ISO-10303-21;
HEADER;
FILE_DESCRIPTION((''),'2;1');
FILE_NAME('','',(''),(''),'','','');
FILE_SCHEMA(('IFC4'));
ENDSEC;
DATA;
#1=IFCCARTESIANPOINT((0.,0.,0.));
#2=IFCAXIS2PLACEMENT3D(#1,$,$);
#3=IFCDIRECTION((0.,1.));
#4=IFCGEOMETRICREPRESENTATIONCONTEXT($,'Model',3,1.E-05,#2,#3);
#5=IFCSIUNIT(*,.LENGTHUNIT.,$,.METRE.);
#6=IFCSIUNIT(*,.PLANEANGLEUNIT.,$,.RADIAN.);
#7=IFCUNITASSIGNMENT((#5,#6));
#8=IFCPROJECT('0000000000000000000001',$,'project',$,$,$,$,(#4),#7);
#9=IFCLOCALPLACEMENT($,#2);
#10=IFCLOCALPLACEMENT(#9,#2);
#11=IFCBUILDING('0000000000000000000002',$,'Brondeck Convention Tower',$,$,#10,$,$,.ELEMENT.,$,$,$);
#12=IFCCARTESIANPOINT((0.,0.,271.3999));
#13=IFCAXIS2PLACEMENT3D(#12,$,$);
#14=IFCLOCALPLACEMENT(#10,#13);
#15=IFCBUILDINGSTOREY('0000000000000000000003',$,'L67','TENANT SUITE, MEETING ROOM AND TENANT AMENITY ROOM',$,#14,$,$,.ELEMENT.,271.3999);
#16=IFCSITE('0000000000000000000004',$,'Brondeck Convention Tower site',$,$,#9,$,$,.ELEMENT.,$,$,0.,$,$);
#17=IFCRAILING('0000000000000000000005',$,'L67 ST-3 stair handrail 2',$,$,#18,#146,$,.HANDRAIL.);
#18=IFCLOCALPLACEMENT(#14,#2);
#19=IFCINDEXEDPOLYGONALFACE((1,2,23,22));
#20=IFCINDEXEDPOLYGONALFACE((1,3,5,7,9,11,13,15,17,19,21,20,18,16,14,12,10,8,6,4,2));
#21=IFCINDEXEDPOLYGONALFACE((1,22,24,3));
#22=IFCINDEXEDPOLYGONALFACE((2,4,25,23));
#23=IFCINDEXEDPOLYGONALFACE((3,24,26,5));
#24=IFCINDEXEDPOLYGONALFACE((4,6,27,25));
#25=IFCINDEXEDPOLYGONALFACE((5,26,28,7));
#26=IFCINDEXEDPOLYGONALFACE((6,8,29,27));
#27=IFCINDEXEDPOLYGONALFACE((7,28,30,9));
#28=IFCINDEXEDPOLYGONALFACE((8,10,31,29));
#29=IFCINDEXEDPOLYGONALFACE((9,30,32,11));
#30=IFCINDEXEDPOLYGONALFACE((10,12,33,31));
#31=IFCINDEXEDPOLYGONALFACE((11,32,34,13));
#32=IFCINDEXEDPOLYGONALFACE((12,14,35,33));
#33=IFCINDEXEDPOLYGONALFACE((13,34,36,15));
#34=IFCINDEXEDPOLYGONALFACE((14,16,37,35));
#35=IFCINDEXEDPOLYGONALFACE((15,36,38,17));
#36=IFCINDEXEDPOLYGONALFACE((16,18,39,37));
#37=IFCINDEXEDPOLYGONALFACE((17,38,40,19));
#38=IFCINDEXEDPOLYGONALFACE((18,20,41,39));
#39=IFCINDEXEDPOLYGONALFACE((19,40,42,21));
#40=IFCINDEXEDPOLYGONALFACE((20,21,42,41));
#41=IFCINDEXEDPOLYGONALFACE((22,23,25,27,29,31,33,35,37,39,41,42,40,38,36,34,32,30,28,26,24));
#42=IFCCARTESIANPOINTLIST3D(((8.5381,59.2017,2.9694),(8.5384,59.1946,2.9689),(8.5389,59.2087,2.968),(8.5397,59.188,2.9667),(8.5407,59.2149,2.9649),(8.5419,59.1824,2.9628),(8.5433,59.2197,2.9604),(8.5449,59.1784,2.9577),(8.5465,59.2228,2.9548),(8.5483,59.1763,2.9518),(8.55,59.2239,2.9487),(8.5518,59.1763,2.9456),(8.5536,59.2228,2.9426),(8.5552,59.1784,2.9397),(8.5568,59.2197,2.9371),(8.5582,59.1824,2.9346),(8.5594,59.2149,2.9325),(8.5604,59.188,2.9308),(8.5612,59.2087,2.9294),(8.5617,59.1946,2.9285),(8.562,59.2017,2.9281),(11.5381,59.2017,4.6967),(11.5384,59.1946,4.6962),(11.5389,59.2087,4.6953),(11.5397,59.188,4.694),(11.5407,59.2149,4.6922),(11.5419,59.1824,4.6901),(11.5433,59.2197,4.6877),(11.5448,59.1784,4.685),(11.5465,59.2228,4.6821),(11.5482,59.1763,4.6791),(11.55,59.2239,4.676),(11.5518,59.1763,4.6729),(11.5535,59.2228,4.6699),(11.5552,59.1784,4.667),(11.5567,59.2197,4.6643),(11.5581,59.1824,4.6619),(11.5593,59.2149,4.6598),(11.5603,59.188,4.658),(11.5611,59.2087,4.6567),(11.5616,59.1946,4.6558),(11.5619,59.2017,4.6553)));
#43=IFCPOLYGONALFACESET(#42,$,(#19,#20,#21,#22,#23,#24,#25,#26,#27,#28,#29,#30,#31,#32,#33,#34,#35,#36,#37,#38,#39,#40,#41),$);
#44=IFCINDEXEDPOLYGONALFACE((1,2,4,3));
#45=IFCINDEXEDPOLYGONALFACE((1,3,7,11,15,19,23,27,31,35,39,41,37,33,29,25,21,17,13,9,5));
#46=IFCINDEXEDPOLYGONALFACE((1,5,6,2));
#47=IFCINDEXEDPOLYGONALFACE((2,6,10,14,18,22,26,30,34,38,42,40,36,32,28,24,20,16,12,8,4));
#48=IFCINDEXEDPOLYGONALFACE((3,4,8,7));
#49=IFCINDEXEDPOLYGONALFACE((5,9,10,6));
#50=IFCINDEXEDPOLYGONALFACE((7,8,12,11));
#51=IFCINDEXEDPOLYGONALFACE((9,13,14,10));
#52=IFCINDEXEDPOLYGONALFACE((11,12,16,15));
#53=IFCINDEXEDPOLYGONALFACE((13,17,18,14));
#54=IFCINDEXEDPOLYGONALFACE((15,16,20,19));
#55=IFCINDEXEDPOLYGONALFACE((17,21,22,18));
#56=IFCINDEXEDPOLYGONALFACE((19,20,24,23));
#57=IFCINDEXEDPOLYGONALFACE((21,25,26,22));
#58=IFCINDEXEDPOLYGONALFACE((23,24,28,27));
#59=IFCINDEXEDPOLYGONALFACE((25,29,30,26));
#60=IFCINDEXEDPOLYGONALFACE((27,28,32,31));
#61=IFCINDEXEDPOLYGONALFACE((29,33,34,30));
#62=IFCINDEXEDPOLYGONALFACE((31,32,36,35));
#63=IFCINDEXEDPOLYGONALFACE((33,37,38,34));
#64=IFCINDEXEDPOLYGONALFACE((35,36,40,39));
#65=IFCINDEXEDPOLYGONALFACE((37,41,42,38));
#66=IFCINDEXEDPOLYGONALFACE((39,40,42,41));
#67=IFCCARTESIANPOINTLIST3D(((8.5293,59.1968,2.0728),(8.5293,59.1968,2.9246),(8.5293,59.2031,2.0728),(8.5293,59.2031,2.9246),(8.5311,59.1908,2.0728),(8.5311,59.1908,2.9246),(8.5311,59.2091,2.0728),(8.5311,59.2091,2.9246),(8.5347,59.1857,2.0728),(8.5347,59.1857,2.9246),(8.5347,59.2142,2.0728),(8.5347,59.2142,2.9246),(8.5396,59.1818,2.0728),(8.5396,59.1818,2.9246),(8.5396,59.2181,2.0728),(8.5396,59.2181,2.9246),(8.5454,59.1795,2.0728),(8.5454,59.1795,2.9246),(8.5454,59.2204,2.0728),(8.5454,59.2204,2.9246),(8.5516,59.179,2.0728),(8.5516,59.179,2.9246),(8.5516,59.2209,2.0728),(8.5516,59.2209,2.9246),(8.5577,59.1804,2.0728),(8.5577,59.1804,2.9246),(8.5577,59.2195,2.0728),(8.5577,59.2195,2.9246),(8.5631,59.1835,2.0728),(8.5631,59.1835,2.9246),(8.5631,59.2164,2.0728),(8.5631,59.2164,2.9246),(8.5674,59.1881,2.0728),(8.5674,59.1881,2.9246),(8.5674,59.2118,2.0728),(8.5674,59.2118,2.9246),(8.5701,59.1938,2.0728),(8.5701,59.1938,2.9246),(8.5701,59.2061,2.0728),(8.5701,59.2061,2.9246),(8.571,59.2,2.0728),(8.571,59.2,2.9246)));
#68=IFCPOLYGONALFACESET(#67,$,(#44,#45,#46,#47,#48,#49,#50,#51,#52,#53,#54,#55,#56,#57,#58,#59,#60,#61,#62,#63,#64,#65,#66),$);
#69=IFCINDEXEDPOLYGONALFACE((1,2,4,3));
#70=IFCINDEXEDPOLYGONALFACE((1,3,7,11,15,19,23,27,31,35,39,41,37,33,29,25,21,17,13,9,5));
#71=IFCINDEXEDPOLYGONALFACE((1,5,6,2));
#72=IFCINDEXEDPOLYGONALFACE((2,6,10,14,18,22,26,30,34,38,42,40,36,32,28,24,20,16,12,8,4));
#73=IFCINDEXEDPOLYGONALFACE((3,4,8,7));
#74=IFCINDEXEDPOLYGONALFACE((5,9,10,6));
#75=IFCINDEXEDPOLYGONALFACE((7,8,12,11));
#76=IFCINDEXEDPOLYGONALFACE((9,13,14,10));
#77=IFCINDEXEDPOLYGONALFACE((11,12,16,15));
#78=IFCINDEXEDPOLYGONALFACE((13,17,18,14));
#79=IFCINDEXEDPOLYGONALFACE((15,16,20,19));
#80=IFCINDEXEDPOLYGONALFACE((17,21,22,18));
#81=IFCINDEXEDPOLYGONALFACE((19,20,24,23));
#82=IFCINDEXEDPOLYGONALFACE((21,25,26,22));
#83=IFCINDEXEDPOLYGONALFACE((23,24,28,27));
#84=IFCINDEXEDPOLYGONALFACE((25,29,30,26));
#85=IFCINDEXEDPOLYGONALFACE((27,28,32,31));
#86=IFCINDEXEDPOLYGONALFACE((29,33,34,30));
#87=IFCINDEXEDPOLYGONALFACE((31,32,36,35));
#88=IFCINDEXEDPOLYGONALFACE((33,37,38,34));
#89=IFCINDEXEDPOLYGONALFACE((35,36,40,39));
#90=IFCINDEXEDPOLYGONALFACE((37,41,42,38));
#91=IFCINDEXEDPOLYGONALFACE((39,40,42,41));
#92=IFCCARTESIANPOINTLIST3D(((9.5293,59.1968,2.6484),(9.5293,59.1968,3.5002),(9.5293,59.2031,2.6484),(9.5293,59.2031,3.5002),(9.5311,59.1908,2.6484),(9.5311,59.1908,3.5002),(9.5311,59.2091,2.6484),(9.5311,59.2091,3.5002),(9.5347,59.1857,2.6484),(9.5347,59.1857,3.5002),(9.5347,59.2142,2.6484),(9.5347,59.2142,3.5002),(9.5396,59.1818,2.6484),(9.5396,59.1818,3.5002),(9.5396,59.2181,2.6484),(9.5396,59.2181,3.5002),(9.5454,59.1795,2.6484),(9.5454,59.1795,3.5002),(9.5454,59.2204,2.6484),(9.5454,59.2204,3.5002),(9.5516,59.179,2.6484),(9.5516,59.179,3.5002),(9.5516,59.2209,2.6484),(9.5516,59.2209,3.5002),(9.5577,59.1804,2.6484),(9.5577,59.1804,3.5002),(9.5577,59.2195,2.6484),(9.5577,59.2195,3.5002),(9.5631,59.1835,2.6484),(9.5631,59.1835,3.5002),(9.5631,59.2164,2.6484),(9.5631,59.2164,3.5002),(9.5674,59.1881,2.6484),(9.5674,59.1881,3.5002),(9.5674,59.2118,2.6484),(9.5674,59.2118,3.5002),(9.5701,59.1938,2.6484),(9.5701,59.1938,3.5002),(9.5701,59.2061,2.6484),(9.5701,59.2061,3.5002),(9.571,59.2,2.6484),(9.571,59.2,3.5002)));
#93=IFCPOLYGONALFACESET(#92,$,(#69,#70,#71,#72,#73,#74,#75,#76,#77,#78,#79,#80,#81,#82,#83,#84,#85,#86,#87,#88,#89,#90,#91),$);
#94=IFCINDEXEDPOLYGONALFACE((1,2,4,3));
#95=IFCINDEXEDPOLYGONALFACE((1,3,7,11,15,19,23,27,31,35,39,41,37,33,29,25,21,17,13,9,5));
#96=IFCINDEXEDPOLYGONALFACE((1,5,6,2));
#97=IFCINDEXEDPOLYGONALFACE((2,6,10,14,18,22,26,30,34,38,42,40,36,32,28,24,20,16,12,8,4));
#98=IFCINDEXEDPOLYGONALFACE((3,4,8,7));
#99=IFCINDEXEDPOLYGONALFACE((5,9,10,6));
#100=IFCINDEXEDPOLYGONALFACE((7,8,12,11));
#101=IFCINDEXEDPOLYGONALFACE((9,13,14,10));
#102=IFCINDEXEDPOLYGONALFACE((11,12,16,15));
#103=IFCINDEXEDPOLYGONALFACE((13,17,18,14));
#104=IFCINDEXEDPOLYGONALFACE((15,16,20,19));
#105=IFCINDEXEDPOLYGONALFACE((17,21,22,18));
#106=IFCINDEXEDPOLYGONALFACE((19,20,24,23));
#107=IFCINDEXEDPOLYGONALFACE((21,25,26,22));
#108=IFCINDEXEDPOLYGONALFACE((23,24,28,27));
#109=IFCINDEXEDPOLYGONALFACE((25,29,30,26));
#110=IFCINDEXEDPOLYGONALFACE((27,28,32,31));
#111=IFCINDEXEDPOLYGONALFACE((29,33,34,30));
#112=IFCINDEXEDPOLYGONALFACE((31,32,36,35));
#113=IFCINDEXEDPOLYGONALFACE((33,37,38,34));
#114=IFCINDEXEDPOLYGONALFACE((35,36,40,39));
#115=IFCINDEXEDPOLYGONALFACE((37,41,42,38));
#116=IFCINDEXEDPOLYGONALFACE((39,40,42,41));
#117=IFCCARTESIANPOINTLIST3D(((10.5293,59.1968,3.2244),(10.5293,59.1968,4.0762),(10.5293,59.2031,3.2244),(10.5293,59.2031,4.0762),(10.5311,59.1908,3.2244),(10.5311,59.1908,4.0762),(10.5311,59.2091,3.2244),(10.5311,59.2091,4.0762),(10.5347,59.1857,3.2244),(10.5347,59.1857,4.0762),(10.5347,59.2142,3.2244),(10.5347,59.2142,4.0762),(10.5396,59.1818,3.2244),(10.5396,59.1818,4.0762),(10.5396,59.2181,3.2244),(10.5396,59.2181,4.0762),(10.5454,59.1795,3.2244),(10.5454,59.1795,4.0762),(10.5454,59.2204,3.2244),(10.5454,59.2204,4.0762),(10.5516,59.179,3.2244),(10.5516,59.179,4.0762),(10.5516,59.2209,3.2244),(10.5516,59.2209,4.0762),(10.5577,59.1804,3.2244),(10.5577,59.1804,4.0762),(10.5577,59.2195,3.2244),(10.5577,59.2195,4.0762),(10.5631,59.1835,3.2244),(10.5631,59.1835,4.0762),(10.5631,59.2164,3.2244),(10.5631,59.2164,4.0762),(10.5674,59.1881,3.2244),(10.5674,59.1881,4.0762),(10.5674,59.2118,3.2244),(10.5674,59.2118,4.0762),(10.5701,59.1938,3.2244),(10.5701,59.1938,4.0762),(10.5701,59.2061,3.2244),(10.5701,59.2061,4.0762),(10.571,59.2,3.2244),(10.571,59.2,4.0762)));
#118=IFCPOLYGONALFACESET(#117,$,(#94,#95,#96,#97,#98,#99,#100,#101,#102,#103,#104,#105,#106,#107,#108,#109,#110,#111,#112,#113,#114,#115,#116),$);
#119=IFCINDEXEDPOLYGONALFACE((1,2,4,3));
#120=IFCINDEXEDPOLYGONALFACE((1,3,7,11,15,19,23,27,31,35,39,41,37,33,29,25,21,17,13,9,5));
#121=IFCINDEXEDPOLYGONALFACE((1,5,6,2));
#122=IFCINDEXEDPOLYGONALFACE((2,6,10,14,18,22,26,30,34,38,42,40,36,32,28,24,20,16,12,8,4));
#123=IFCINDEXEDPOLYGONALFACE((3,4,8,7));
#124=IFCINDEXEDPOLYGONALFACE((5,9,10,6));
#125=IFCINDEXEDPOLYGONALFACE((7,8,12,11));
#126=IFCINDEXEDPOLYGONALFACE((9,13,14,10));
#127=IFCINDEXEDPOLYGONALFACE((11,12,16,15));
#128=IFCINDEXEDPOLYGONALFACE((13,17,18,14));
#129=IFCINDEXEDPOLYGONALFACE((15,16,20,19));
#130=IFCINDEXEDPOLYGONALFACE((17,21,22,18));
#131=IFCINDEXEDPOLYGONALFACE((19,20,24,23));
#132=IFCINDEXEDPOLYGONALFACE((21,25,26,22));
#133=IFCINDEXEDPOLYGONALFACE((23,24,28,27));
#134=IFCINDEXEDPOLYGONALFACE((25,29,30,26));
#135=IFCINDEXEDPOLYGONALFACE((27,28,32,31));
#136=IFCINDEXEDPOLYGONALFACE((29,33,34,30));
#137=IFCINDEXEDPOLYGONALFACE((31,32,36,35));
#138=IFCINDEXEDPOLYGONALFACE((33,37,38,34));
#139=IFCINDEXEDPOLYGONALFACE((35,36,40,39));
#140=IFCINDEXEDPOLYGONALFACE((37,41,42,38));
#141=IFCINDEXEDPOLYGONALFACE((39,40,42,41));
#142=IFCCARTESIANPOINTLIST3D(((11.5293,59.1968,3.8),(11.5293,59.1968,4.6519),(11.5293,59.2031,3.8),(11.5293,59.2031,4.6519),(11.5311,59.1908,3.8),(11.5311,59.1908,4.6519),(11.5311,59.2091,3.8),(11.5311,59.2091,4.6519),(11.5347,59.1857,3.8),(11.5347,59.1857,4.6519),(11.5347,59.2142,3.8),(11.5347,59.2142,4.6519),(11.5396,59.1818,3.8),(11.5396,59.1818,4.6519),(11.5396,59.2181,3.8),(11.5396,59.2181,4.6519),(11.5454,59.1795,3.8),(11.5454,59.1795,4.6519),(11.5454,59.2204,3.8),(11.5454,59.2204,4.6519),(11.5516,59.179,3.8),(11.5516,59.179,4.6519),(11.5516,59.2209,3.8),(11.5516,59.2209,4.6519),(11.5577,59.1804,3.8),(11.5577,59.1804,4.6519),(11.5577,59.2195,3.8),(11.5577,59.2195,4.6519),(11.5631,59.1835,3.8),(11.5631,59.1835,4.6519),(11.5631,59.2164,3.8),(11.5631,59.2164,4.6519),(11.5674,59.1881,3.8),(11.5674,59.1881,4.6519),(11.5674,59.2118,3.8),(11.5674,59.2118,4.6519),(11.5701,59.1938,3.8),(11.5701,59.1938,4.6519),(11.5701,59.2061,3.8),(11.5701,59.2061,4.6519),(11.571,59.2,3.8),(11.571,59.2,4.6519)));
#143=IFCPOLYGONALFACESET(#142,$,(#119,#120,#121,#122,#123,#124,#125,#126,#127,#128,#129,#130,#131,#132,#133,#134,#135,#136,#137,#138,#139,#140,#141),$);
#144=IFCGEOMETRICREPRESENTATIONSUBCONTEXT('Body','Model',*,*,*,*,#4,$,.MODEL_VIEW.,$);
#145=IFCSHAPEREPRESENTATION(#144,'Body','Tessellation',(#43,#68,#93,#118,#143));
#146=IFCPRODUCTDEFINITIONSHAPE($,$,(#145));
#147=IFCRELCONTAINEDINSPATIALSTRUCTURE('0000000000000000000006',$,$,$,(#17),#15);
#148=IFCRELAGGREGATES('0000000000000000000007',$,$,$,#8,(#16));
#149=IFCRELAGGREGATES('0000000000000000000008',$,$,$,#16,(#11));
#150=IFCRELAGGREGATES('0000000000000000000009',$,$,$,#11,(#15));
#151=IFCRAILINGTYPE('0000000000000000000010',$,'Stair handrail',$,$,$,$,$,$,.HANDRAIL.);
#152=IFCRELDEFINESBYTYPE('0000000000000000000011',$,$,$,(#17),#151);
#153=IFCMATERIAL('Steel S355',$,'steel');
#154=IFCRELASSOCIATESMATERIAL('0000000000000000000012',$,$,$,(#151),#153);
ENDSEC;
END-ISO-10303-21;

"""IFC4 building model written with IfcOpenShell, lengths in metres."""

from ifc_helpers import new_model, si_unit, direction, frame, origin, origin_2d, place, context, subcontext, project, spatial, circle, extrude, material, type_object, element, save


model = new_model("IFC4")

# Units and contexts
model_context = context("Model", 3, precision=1e-05, world=origin(), true_north=direction((0.0, 1.0)))
body_context = subcontext(model_context, "Body", "Model", "MODEL_VIEW")
ifc_project = project(units=[si_unit("LENGTHUNIT", "METRE"), si_unit("PLANEANGLEUNIT", "RADIAN")], contexts=[model_context])

# Site, building, storey
site_placement = place(None, origin())
site = spatial("IfcSite", under=ifc_project, at=site_placement, Name="Brondeck Convention Tower site", CompositionType="ELEMENT", RefElevation=0.0)
building_placement = place(site_placement, origin())
building = spatial("IfcBuilding", under=site, at=building_placement, Name="Brondeck Convention Tower", CompositionType="ELEMENT")
storey_placement = place(building_placement, frame((0.0, 0.0, 271.3999)))
storey = spatial("IfcBuildingStorey", under=building, at=storey_placement, Name="L67", Description="TENANT SUITE, MEETING ROOM AND TENANT AMENITY ROOM", CompositionType="ELEMENT", Elevation=271.3999)

# Railing
ifc_material_1 = material(Name="Steel S355", Category="steel")
railing_type_1 = type_object("IfcRailingType", Name="Stair handrail", PredefinedType="HANDRAIL", material=ifc_material_1)
railing_1_placement = place(storey_placement, frame((8.55, 59.2, 2.0728)))
element("IfcRailing", 1, at=railing_1_placement, inside=storey, type_object=railing_type_1, Name="L67 ST-3 stair handrail 2", PredefinedType="HANDRAIL", context=body_context, shape_type="SweptSolid", body=[
    extrude(circle(Radius=0.0239, at=origin_2d()), frame((0.0, 0.0, 0.876), z_axis=(0.86662, 0.0, 0.498969), x_axis=(0.0, 1.0, 0.0)), (0.0, 0.0, 1.0), 3.4617),
    extrude(circle(Radius=0.021, at=origin_2d()), origin(), (0.0, 0.0, 1.0), 0.8518),
    extrude(circle(Radius=0.021, at=origin_2d()), frame((1.0, 0.0, 0.5757)), (0.0, 0.0, 1.0), 0.8518),
    extrude(circle(Radius=0.021, at=origin_2d()), frame((2.0, 0.0, 1.1516)), (0.0, 0.0, 1.0), 0.8518),
    extrude(circle(Radius=0.021, at=origin_2d()), frame((3.0, 0.0, 1.7273)), (0.0, 0.0, 1.0), 0.8518),
])

save(model, "model.ifc")
